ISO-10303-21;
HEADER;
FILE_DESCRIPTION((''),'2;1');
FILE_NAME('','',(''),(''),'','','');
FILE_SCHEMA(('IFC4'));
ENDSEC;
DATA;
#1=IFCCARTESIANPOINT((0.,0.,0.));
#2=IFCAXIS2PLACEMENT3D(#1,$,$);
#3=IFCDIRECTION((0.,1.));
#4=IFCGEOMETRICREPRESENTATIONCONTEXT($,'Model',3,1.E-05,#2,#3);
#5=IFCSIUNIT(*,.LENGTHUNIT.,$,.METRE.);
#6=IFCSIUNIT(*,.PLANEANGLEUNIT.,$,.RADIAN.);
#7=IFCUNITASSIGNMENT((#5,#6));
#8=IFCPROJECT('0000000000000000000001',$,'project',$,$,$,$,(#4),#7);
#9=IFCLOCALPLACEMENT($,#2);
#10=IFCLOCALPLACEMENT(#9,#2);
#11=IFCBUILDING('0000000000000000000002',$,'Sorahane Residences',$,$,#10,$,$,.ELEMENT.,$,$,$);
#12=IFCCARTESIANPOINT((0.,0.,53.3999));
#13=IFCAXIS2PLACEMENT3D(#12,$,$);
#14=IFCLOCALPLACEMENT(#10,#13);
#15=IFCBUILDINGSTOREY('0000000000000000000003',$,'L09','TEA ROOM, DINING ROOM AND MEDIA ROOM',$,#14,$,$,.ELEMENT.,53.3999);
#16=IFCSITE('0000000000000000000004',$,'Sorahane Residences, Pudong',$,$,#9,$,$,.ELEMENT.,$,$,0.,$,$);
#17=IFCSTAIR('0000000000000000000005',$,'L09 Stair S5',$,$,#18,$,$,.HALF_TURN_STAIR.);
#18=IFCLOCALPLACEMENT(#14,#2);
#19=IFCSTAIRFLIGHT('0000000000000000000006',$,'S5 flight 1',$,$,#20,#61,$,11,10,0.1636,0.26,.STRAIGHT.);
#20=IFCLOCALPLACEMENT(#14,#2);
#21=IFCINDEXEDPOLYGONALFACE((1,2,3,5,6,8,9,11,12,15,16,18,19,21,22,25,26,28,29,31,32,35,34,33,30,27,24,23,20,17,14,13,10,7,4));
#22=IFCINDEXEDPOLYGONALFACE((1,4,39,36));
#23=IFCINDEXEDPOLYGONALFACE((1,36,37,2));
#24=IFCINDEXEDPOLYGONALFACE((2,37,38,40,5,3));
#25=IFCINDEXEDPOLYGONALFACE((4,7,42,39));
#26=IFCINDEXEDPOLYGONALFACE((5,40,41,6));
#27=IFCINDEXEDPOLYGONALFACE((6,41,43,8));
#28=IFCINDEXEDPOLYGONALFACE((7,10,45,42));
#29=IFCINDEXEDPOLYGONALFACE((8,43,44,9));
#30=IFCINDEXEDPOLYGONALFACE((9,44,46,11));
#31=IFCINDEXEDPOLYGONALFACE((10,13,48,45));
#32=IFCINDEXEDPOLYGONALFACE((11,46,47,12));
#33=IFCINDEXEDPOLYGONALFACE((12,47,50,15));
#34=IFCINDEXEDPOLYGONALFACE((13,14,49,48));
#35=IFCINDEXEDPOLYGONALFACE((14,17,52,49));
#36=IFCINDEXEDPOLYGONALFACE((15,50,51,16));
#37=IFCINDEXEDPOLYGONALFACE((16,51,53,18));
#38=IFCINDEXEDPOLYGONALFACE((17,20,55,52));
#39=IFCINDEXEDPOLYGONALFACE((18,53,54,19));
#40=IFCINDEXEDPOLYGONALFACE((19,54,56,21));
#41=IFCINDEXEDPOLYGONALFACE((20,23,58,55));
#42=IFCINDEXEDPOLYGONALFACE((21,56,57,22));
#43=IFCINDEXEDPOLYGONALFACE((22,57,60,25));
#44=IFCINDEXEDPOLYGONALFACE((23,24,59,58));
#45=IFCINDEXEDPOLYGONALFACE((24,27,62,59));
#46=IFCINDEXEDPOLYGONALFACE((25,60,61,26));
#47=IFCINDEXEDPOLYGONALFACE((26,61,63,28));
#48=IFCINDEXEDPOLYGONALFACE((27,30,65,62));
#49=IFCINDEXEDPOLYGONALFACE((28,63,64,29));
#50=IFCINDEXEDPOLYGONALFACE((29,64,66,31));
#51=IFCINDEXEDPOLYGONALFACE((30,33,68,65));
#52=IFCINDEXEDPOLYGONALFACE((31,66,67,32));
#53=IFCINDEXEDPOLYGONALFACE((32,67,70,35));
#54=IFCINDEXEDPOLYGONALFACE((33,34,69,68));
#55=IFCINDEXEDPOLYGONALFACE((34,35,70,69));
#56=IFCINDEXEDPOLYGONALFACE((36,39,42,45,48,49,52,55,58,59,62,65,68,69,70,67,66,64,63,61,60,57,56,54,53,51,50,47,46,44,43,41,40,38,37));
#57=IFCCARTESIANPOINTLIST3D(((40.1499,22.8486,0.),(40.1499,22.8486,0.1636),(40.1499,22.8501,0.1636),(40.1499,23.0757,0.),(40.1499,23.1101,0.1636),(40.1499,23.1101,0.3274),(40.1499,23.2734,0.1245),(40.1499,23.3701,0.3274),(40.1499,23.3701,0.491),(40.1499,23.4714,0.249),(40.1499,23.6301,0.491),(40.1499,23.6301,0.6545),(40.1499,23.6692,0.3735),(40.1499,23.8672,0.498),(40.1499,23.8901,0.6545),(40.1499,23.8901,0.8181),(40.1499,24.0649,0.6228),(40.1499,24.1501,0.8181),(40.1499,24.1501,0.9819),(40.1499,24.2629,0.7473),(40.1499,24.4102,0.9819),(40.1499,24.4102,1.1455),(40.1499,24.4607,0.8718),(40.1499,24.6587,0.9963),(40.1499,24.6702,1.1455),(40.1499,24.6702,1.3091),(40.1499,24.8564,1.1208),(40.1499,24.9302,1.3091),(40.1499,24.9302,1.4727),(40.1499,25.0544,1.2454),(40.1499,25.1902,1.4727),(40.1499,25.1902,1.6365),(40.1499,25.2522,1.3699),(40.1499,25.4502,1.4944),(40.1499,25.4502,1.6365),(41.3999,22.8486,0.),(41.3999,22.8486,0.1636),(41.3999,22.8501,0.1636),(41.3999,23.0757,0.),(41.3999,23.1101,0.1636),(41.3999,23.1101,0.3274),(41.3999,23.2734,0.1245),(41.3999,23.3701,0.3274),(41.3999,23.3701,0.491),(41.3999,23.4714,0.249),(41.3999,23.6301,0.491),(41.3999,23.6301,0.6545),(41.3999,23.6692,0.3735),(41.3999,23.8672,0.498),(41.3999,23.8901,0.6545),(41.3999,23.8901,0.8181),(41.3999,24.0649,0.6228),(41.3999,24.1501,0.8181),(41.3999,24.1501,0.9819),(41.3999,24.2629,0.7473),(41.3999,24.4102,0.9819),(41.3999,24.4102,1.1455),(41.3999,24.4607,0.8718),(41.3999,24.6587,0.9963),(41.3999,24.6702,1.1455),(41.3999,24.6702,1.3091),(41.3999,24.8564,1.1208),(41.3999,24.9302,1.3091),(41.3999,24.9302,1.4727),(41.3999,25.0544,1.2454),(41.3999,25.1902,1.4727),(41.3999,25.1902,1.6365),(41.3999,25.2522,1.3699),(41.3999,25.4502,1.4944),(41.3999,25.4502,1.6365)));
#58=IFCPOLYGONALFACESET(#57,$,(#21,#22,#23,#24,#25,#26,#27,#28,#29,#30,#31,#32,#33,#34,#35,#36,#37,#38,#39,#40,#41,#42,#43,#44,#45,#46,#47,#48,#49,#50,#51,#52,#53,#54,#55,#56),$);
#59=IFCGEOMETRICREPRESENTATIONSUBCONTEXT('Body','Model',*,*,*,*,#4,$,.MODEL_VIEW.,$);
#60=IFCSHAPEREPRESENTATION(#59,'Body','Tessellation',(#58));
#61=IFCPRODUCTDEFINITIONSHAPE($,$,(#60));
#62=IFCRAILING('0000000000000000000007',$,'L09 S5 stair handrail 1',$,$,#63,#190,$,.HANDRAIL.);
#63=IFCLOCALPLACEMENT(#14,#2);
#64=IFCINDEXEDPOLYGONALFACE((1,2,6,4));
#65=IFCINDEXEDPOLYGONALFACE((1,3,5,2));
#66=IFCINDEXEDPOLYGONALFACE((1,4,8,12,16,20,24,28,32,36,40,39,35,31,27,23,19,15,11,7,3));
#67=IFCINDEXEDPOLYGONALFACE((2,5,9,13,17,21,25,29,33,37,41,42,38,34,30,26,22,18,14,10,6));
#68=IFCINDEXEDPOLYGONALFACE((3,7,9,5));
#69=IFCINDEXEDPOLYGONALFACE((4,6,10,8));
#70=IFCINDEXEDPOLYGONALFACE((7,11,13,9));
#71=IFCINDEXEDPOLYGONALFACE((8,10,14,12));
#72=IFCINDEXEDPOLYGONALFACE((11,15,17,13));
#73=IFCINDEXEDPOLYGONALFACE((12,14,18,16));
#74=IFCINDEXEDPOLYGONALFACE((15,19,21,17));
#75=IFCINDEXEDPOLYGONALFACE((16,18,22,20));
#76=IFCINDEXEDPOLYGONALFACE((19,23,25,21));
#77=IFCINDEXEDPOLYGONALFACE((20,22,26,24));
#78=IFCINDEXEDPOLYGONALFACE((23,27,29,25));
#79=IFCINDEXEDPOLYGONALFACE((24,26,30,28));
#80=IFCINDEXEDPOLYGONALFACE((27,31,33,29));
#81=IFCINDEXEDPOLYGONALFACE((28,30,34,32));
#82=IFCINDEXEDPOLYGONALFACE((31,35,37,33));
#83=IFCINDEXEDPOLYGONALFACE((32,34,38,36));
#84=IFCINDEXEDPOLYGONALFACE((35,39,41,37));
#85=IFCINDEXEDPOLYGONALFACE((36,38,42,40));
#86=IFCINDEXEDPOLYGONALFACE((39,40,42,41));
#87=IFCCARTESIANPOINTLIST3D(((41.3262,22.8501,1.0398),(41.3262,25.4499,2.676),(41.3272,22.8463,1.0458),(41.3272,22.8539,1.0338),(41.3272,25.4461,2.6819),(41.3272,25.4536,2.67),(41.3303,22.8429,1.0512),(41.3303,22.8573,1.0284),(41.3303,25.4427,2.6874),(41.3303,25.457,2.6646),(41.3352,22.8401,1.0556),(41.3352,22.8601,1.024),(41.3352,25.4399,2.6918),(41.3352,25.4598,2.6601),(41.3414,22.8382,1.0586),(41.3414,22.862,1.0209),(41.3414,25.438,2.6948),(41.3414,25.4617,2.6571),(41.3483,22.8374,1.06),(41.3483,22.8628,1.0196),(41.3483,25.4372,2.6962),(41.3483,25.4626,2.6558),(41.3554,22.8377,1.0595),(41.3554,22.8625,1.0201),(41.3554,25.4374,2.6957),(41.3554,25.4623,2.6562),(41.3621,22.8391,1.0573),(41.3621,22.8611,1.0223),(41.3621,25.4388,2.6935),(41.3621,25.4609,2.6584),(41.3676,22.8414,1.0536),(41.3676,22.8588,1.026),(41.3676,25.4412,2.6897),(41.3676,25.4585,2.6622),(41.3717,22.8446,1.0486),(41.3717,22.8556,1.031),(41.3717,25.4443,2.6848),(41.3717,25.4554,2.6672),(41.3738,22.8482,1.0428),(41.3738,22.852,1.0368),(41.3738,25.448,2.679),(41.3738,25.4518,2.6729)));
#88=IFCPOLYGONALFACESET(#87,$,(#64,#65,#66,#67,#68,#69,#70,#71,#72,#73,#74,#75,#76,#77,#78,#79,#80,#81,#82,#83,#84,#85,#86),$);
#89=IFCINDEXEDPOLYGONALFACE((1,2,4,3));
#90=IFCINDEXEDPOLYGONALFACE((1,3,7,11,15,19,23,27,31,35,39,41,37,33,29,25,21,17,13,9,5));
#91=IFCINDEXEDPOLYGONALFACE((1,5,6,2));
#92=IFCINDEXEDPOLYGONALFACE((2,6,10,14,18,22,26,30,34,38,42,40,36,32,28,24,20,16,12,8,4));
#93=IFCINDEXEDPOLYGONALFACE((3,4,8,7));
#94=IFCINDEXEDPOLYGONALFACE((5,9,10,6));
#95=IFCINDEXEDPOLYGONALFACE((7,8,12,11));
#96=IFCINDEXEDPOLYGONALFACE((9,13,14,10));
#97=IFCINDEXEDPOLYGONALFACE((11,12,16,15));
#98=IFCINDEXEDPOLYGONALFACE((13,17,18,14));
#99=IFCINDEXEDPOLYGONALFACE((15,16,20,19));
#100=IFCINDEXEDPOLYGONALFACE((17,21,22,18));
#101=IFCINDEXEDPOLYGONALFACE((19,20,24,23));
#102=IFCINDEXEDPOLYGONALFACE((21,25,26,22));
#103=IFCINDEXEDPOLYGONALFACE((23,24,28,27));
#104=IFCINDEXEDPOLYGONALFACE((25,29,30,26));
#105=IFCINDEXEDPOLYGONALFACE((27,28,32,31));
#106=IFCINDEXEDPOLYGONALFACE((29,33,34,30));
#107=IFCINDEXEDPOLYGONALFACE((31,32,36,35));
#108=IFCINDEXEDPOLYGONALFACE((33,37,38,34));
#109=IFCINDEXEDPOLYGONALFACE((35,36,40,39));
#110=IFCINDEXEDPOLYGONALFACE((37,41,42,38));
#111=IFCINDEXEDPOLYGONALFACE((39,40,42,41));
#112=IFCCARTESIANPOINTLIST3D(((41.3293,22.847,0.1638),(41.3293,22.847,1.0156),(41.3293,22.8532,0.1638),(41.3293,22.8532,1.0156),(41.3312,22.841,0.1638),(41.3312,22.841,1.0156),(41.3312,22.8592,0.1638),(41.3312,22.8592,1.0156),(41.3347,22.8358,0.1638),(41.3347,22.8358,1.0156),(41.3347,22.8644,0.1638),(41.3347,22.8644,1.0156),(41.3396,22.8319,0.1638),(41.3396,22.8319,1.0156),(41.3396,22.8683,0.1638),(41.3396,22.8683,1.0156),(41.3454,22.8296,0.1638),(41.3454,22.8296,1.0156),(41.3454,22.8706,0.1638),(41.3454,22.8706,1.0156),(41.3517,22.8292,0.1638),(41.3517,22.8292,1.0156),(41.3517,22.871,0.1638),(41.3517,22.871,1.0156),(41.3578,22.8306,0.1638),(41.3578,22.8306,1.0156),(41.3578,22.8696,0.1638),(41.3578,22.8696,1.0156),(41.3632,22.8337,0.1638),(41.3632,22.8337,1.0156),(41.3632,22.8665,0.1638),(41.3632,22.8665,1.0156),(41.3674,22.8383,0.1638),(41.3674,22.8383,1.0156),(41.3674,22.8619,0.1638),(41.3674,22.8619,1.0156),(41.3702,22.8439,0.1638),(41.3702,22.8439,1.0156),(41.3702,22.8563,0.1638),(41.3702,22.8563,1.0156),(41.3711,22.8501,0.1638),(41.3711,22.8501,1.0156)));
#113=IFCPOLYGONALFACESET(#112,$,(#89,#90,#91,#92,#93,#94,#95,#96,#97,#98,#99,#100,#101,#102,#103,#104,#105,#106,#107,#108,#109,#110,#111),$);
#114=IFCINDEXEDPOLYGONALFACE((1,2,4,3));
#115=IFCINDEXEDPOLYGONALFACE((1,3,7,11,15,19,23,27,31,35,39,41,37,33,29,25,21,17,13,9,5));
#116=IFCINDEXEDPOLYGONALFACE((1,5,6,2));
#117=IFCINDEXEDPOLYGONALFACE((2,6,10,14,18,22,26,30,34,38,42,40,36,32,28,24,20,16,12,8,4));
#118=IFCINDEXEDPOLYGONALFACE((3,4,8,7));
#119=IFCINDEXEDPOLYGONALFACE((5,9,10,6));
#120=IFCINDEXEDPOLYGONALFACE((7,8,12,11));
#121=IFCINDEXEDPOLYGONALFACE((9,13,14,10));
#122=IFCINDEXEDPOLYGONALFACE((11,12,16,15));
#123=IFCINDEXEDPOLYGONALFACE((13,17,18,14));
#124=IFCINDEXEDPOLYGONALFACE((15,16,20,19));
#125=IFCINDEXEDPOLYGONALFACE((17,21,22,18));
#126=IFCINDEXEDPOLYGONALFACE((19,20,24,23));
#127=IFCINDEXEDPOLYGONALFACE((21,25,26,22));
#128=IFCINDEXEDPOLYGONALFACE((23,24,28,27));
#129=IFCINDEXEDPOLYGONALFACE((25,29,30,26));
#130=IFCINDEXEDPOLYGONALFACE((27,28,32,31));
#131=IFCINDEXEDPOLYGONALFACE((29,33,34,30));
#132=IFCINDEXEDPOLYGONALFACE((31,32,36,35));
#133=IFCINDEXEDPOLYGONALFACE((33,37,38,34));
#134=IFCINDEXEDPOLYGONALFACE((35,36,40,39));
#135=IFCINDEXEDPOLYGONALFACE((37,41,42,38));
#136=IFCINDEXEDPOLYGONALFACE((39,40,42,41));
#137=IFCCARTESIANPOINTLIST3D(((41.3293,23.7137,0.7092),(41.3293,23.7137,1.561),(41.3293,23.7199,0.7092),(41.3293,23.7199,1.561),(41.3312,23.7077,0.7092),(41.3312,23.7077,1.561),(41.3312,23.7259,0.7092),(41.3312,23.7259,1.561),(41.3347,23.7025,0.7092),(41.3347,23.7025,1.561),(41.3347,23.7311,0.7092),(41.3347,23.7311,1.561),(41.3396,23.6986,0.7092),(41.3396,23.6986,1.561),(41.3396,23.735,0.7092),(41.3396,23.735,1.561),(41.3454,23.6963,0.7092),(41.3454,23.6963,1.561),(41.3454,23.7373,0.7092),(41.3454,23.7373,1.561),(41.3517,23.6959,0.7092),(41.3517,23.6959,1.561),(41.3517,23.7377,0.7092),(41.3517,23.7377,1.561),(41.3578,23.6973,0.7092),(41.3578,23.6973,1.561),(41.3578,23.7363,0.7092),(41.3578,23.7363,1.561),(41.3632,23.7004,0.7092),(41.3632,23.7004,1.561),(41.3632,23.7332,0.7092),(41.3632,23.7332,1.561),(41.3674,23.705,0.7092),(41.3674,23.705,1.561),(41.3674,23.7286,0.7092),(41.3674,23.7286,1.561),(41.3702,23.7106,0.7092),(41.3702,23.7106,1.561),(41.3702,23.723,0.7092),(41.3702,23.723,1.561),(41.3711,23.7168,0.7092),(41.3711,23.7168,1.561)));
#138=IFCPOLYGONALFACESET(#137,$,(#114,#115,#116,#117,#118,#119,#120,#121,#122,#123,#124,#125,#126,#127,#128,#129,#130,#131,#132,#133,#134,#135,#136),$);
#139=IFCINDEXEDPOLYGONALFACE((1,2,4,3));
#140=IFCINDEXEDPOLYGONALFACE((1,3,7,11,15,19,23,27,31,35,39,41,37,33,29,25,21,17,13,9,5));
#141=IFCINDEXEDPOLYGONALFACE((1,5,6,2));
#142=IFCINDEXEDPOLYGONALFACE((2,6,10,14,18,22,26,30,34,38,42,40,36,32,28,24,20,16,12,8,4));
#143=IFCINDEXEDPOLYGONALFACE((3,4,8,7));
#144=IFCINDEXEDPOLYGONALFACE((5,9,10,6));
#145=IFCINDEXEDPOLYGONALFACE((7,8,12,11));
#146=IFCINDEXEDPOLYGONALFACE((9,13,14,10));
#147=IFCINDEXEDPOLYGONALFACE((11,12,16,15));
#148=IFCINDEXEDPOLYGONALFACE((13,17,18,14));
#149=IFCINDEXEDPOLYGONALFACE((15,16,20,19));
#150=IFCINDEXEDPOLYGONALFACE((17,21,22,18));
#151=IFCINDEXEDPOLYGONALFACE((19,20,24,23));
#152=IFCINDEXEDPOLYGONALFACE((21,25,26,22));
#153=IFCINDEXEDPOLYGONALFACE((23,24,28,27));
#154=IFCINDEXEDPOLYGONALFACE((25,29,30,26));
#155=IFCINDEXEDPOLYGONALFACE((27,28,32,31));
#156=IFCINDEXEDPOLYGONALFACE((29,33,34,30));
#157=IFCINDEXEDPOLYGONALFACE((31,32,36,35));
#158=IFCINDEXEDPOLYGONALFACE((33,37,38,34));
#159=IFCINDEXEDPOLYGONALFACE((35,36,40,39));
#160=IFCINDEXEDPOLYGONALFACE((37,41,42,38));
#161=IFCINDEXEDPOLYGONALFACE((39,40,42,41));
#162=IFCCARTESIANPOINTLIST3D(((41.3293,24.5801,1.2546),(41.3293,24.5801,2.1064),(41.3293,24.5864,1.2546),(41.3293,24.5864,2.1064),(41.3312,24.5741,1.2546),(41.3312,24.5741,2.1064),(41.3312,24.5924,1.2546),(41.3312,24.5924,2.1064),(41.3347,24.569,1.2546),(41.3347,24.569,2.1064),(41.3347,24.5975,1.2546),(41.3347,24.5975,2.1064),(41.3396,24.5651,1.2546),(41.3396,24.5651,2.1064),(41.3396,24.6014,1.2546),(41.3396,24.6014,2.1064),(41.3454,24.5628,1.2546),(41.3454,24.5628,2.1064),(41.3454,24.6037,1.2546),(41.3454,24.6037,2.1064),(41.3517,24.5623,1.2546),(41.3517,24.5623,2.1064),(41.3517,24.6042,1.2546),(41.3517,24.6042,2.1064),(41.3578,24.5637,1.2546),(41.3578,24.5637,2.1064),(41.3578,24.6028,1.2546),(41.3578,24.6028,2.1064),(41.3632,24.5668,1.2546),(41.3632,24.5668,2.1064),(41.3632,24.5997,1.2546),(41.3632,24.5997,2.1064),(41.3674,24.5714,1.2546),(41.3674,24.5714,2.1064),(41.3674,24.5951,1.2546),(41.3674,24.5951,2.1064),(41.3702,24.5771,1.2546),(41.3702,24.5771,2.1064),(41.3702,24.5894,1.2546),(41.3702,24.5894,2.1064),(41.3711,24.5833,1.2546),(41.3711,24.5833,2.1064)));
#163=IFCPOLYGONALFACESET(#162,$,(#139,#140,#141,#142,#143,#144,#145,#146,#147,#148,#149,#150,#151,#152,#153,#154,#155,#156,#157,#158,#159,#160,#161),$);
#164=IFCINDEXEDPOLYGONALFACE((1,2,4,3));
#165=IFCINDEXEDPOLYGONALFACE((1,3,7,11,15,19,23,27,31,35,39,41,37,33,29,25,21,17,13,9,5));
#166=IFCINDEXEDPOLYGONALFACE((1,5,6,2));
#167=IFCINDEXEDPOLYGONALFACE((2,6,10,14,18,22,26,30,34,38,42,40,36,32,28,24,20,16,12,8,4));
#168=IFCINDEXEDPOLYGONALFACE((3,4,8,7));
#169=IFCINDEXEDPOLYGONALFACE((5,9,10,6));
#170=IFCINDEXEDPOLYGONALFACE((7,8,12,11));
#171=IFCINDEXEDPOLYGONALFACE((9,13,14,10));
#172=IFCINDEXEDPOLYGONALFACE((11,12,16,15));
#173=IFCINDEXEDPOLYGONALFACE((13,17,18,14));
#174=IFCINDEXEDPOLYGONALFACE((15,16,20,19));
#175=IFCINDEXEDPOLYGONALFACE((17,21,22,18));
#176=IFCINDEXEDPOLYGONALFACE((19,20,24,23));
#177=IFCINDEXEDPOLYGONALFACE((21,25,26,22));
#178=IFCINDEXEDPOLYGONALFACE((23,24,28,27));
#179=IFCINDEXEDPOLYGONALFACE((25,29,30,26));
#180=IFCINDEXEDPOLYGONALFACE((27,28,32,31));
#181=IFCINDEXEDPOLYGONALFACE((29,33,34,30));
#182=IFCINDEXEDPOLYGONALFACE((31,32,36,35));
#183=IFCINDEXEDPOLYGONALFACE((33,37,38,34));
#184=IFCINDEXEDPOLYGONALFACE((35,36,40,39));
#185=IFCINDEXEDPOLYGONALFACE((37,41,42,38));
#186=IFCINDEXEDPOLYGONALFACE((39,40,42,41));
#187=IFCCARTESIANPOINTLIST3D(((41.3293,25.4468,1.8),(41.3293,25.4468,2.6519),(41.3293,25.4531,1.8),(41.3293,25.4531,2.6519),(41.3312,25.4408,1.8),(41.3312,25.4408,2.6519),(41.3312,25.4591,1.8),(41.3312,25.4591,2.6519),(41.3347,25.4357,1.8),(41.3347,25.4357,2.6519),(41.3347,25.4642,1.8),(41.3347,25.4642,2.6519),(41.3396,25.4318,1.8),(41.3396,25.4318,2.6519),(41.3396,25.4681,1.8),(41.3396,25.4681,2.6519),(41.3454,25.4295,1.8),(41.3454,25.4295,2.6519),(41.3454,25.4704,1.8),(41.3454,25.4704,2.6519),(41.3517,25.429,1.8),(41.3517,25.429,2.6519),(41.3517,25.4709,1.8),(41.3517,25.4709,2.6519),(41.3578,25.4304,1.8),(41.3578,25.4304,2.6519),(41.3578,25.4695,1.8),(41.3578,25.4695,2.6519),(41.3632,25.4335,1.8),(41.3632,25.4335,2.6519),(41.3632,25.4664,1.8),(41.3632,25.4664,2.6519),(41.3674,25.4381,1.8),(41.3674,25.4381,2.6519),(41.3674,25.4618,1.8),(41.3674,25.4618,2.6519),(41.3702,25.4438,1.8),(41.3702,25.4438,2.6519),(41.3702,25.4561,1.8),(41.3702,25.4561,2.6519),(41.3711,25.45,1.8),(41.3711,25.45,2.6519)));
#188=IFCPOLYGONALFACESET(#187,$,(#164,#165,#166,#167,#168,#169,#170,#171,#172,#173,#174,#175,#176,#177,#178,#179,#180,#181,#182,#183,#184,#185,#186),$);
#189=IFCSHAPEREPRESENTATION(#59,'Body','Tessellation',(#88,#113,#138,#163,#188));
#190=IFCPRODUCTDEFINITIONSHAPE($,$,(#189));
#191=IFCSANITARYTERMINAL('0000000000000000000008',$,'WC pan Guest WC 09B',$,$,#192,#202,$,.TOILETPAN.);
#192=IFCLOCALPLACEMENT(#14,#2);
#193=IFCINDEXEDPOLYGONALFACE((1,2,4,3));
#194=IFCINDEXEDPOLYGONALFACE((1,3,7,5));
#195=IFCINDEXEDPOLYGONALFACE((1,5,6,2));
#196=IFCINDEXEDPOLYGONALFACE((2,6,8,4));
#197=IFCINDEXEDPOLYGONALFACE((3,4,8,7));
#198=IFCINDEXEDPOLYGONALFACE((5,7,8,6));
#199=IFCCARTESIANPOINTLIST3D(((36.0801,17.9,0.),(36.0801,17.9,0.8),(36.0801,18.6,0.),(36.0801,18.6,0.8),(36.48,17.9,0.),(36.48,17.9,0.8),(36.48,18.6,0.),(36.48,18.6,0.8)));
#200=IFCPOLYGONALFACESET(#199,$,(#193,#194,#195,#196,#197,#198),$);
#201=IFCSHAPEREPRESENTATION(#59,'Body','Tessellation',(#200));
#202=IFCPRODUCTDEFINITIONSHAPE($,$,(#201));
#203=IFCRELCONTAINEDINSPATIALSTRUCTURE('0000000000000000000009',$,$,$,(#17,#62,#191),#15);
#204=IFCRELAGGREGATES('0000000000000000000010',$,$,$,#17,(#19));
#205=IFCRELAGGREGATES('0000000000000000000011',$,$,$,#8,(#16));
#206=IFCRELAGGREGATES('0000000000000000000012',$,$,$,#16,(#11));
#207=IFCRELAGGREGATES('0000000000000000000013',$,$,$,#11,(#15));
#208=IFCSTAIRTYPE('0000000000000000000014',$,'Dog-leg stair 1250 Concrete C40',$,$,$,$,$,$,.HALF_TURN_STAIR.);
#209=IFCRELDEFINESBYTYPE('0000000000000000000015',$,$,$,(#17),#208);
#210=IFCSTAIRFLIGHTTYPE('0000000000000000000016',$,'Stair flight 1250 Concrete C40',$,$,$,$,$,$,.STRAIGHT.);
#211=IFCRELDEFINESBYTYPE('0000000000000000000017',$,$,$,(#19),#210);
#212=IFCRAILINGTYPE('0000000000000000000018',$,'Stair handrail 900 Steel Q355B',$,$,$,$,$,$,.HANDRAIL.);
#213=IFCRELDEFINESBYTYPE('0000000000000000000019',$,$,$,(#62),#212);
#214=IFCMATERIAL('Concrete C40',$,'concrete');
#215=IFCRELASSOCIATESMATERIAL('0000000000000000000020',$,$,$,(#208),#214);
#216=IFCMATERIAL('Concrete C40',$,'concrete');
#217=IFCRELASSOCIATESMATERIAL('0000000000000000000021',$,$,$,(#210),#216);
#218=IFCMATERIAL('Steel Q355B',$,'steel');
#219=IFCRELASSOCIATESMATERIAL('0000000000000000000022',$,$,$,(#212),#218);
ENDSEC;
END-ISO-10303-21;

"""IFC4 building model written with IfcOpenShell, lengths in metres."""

from ifc_helpers import new_model, si_unit, direction, frame, origin, origin_2d, place, context, subcontext, project, spatial, polyline, rectangle, circle, outline, extrude, material, type_object, element, aggregate, save


model = new_model("IFC4")

# Units and contexts
model_context = context("Model", 3, precision=1e-05, world=origin(), true_north=direction((0.0, 1.0)))
body_context = subcontext(model_context, "Body", "Model", "MODEL_VIEW")
ifc_project = project(units=[si_unit("LENGTHUNIT", "METRE"), si_unit("PLANEANGLEUNIT", "RADIAN")], contexts=[model_context])

# Site, building, storey
site_placement = place(None, origin())
site = spatial("IfcSite", under=ifc_project, at=site_placement, Name="Sorahane Residences, Pudong", CompositionType="ELEMENT", RefElevation=0.0)
building_placement = place(site_placement, origin())
building = spatial("IfcBuilding", under=site, at=building_placement, Name="Sorahane Residences", CompositionType="ELEMENT")
storey_placement = place(building_placement, frame((0.0, 0.0, 53.3999)))
storey = spatial("IfcBuildingStorey", under=building, at=storey_placement, Name="L09", Description="TEA ROOM, DINING ROOM AND MEDIA ROOM", CompositionType="ELEMENT", Elevation=53.3999)

# Stair, stair flight
ifc_material_1 = material(Name="Concrete C40", Category="concrete")
stair_type = type_object("IfcStairType", Name="Dog-leg stair 1250 Concrete C40", PredefinedType="HALF_TURN_STAIR", material=ifc_material_1)
stair_placement = place(storey_placement, origin())
stair = element("IfcStair", 1, at=stair_placement, inside=storey, type_object=stair_type, Name="L09 Stair S5", PredefinedType="HALF_TURN_STAIR")
ifc_material_2 = material(Name="Concrete C40", Category="concrete")
stair_flight_type = type_object("IfcStairFlightType", Name="Stair flight 1250 Concrete C40", PredefinedType="STRAIGHT", material=ifc_material_2)
stair_flight_placement = place(storey_placement, frame((40.7749, 22.8501, 0.0), z_axis=(0.0, 0.0, 1.0), x_axis=(0.0, 1.0, 0.0)))
stair_flight = element("IfcStairFlight", 2, at=stair_flight_placement, type_object=stair_flight_type, Name="S5 flight 1", NumberOfRisers=11, NumberOfTreads=10, PredefinedType="STRAIGHT", RiserHeight=0.1636, TreadLength=0.26, context=body_context, shape_type="SweptSolid", body=[
    extrude(outline(polyline([(-0.0015, 0.0), (-0.0015, 0.1636), (0.0, 0.1636), (0.26, 0.1636), (0.26, 0.3274), (0.52, 0.3274), (0.52, 0.491), (0.78, 0.491), (0.78, 0.6545), (1.04, 0.6545), (1.04, 0.8181), (1.3, 0.8181), (1.3, 0.9819), (1.5601, 0.9819), (1.5601, 1.1455), (1.8201, 1.1455), (1.8201, 1.3091), (2.0801, 1.3091), (2.0801, 1.4727), (2.3401, 1.4727), (2.3401, 1.6365), (2.6001, 1.6365), (2.6001, 1.8), (2.6001, 1.4944), (2.4021, 1.3699), (2.2043, 1.2454), (2.0063, 1.1208), (1.8086, 0.9963), (1.6106, 0.8718), (1.4128, 0.7473), (1.2148, 0.6228), (1.0171, 0.498), (0.8191, 0.3735), (0.6213, 0.249), (0.4233, 0.1245), (0.2256, 0.0), (-0.0015, 0.0)])), frame((0.0, 0.625, 0.0), z_axis=(0.0, -1.0, 0.0), x_axis=(1.0, 0.0, 0.0)), (0.0, 0.0, 1.0), 1.25),
])
aggregate(stair, [stair_flight])

# Railing
ifc_material_3 = material(Name="Steel Q355B", Category="steel")
railing_type_1 = type_object("IfcRailingType", Name="Stair handrail 900 Steel Q355B", PredefinedType="HANDRAIL", material=ifc_material_3)
railing_1_placement = place(storey_placement, frame((41.3501, 22.8501, 0.1638)))
element("IfcRailing", 3, at=railing_1_placement, inside=storey, type_object=railing_type_1, Name="L09 S5 stair handrail 1", PredefinedType="HANDRAIL", context=body_context, shape_type="SweptSolid", body=[
    extrude(circle(Radius=0.0239, at=origin_2d()), frame((0.0, 0.0, 0.876), z_axis=(0.0, 0.846338, 0.532647), x_axis=(-1.0, 0.0, 0.0)), (0.0, 0.0, 1.0), 3.0718),
    extrude(circle(Radius=0.021, at=origin_2d()), origin(), (0.0, 0.0, 1.0), 0.8518),
    extrude(circle(Radius=0.021, at=origin_2d()), frame((0.0, 0.8667, 0.5454)), (0.0, 0.0, 1.0), 0.8518),
    extrude(circle(Radius=0.021, at=origin_2d()), frame((0.0, 1.7332, 1.0908)), (0.0, 0.0, 1.0), 0.8518),
    extrude(circle(Radius=0.021, at=origin_2d()), frame((0.0, 2.5999, 1.6362)), (0.0, 0.0, 1.0), 0.8518),
])

# Sanitary terminal
sanitary_terminal_1_placement = place(storey_placement, frame((36.28, 18.25, 0.0), z_axis=(0.0, 0.0, 1.0), x_axis=(1.0, 0.0, 0.0)))
element("IfcSanitaryTerminal", 4, at=sanitary_terminal_1_placement, inside=storey, Name="WC pan Guest WC 09B", PredefinedType="TOILETPAN", context=body_context, shape_type="SweptSolid", body=[
    extrude(rectangle(XDim=0.3999, YDim=0.7, at=origin_2d()), origin(), (0.0, 0.0, 1.0), 0.8),
])

save(model, "model.ifc")
